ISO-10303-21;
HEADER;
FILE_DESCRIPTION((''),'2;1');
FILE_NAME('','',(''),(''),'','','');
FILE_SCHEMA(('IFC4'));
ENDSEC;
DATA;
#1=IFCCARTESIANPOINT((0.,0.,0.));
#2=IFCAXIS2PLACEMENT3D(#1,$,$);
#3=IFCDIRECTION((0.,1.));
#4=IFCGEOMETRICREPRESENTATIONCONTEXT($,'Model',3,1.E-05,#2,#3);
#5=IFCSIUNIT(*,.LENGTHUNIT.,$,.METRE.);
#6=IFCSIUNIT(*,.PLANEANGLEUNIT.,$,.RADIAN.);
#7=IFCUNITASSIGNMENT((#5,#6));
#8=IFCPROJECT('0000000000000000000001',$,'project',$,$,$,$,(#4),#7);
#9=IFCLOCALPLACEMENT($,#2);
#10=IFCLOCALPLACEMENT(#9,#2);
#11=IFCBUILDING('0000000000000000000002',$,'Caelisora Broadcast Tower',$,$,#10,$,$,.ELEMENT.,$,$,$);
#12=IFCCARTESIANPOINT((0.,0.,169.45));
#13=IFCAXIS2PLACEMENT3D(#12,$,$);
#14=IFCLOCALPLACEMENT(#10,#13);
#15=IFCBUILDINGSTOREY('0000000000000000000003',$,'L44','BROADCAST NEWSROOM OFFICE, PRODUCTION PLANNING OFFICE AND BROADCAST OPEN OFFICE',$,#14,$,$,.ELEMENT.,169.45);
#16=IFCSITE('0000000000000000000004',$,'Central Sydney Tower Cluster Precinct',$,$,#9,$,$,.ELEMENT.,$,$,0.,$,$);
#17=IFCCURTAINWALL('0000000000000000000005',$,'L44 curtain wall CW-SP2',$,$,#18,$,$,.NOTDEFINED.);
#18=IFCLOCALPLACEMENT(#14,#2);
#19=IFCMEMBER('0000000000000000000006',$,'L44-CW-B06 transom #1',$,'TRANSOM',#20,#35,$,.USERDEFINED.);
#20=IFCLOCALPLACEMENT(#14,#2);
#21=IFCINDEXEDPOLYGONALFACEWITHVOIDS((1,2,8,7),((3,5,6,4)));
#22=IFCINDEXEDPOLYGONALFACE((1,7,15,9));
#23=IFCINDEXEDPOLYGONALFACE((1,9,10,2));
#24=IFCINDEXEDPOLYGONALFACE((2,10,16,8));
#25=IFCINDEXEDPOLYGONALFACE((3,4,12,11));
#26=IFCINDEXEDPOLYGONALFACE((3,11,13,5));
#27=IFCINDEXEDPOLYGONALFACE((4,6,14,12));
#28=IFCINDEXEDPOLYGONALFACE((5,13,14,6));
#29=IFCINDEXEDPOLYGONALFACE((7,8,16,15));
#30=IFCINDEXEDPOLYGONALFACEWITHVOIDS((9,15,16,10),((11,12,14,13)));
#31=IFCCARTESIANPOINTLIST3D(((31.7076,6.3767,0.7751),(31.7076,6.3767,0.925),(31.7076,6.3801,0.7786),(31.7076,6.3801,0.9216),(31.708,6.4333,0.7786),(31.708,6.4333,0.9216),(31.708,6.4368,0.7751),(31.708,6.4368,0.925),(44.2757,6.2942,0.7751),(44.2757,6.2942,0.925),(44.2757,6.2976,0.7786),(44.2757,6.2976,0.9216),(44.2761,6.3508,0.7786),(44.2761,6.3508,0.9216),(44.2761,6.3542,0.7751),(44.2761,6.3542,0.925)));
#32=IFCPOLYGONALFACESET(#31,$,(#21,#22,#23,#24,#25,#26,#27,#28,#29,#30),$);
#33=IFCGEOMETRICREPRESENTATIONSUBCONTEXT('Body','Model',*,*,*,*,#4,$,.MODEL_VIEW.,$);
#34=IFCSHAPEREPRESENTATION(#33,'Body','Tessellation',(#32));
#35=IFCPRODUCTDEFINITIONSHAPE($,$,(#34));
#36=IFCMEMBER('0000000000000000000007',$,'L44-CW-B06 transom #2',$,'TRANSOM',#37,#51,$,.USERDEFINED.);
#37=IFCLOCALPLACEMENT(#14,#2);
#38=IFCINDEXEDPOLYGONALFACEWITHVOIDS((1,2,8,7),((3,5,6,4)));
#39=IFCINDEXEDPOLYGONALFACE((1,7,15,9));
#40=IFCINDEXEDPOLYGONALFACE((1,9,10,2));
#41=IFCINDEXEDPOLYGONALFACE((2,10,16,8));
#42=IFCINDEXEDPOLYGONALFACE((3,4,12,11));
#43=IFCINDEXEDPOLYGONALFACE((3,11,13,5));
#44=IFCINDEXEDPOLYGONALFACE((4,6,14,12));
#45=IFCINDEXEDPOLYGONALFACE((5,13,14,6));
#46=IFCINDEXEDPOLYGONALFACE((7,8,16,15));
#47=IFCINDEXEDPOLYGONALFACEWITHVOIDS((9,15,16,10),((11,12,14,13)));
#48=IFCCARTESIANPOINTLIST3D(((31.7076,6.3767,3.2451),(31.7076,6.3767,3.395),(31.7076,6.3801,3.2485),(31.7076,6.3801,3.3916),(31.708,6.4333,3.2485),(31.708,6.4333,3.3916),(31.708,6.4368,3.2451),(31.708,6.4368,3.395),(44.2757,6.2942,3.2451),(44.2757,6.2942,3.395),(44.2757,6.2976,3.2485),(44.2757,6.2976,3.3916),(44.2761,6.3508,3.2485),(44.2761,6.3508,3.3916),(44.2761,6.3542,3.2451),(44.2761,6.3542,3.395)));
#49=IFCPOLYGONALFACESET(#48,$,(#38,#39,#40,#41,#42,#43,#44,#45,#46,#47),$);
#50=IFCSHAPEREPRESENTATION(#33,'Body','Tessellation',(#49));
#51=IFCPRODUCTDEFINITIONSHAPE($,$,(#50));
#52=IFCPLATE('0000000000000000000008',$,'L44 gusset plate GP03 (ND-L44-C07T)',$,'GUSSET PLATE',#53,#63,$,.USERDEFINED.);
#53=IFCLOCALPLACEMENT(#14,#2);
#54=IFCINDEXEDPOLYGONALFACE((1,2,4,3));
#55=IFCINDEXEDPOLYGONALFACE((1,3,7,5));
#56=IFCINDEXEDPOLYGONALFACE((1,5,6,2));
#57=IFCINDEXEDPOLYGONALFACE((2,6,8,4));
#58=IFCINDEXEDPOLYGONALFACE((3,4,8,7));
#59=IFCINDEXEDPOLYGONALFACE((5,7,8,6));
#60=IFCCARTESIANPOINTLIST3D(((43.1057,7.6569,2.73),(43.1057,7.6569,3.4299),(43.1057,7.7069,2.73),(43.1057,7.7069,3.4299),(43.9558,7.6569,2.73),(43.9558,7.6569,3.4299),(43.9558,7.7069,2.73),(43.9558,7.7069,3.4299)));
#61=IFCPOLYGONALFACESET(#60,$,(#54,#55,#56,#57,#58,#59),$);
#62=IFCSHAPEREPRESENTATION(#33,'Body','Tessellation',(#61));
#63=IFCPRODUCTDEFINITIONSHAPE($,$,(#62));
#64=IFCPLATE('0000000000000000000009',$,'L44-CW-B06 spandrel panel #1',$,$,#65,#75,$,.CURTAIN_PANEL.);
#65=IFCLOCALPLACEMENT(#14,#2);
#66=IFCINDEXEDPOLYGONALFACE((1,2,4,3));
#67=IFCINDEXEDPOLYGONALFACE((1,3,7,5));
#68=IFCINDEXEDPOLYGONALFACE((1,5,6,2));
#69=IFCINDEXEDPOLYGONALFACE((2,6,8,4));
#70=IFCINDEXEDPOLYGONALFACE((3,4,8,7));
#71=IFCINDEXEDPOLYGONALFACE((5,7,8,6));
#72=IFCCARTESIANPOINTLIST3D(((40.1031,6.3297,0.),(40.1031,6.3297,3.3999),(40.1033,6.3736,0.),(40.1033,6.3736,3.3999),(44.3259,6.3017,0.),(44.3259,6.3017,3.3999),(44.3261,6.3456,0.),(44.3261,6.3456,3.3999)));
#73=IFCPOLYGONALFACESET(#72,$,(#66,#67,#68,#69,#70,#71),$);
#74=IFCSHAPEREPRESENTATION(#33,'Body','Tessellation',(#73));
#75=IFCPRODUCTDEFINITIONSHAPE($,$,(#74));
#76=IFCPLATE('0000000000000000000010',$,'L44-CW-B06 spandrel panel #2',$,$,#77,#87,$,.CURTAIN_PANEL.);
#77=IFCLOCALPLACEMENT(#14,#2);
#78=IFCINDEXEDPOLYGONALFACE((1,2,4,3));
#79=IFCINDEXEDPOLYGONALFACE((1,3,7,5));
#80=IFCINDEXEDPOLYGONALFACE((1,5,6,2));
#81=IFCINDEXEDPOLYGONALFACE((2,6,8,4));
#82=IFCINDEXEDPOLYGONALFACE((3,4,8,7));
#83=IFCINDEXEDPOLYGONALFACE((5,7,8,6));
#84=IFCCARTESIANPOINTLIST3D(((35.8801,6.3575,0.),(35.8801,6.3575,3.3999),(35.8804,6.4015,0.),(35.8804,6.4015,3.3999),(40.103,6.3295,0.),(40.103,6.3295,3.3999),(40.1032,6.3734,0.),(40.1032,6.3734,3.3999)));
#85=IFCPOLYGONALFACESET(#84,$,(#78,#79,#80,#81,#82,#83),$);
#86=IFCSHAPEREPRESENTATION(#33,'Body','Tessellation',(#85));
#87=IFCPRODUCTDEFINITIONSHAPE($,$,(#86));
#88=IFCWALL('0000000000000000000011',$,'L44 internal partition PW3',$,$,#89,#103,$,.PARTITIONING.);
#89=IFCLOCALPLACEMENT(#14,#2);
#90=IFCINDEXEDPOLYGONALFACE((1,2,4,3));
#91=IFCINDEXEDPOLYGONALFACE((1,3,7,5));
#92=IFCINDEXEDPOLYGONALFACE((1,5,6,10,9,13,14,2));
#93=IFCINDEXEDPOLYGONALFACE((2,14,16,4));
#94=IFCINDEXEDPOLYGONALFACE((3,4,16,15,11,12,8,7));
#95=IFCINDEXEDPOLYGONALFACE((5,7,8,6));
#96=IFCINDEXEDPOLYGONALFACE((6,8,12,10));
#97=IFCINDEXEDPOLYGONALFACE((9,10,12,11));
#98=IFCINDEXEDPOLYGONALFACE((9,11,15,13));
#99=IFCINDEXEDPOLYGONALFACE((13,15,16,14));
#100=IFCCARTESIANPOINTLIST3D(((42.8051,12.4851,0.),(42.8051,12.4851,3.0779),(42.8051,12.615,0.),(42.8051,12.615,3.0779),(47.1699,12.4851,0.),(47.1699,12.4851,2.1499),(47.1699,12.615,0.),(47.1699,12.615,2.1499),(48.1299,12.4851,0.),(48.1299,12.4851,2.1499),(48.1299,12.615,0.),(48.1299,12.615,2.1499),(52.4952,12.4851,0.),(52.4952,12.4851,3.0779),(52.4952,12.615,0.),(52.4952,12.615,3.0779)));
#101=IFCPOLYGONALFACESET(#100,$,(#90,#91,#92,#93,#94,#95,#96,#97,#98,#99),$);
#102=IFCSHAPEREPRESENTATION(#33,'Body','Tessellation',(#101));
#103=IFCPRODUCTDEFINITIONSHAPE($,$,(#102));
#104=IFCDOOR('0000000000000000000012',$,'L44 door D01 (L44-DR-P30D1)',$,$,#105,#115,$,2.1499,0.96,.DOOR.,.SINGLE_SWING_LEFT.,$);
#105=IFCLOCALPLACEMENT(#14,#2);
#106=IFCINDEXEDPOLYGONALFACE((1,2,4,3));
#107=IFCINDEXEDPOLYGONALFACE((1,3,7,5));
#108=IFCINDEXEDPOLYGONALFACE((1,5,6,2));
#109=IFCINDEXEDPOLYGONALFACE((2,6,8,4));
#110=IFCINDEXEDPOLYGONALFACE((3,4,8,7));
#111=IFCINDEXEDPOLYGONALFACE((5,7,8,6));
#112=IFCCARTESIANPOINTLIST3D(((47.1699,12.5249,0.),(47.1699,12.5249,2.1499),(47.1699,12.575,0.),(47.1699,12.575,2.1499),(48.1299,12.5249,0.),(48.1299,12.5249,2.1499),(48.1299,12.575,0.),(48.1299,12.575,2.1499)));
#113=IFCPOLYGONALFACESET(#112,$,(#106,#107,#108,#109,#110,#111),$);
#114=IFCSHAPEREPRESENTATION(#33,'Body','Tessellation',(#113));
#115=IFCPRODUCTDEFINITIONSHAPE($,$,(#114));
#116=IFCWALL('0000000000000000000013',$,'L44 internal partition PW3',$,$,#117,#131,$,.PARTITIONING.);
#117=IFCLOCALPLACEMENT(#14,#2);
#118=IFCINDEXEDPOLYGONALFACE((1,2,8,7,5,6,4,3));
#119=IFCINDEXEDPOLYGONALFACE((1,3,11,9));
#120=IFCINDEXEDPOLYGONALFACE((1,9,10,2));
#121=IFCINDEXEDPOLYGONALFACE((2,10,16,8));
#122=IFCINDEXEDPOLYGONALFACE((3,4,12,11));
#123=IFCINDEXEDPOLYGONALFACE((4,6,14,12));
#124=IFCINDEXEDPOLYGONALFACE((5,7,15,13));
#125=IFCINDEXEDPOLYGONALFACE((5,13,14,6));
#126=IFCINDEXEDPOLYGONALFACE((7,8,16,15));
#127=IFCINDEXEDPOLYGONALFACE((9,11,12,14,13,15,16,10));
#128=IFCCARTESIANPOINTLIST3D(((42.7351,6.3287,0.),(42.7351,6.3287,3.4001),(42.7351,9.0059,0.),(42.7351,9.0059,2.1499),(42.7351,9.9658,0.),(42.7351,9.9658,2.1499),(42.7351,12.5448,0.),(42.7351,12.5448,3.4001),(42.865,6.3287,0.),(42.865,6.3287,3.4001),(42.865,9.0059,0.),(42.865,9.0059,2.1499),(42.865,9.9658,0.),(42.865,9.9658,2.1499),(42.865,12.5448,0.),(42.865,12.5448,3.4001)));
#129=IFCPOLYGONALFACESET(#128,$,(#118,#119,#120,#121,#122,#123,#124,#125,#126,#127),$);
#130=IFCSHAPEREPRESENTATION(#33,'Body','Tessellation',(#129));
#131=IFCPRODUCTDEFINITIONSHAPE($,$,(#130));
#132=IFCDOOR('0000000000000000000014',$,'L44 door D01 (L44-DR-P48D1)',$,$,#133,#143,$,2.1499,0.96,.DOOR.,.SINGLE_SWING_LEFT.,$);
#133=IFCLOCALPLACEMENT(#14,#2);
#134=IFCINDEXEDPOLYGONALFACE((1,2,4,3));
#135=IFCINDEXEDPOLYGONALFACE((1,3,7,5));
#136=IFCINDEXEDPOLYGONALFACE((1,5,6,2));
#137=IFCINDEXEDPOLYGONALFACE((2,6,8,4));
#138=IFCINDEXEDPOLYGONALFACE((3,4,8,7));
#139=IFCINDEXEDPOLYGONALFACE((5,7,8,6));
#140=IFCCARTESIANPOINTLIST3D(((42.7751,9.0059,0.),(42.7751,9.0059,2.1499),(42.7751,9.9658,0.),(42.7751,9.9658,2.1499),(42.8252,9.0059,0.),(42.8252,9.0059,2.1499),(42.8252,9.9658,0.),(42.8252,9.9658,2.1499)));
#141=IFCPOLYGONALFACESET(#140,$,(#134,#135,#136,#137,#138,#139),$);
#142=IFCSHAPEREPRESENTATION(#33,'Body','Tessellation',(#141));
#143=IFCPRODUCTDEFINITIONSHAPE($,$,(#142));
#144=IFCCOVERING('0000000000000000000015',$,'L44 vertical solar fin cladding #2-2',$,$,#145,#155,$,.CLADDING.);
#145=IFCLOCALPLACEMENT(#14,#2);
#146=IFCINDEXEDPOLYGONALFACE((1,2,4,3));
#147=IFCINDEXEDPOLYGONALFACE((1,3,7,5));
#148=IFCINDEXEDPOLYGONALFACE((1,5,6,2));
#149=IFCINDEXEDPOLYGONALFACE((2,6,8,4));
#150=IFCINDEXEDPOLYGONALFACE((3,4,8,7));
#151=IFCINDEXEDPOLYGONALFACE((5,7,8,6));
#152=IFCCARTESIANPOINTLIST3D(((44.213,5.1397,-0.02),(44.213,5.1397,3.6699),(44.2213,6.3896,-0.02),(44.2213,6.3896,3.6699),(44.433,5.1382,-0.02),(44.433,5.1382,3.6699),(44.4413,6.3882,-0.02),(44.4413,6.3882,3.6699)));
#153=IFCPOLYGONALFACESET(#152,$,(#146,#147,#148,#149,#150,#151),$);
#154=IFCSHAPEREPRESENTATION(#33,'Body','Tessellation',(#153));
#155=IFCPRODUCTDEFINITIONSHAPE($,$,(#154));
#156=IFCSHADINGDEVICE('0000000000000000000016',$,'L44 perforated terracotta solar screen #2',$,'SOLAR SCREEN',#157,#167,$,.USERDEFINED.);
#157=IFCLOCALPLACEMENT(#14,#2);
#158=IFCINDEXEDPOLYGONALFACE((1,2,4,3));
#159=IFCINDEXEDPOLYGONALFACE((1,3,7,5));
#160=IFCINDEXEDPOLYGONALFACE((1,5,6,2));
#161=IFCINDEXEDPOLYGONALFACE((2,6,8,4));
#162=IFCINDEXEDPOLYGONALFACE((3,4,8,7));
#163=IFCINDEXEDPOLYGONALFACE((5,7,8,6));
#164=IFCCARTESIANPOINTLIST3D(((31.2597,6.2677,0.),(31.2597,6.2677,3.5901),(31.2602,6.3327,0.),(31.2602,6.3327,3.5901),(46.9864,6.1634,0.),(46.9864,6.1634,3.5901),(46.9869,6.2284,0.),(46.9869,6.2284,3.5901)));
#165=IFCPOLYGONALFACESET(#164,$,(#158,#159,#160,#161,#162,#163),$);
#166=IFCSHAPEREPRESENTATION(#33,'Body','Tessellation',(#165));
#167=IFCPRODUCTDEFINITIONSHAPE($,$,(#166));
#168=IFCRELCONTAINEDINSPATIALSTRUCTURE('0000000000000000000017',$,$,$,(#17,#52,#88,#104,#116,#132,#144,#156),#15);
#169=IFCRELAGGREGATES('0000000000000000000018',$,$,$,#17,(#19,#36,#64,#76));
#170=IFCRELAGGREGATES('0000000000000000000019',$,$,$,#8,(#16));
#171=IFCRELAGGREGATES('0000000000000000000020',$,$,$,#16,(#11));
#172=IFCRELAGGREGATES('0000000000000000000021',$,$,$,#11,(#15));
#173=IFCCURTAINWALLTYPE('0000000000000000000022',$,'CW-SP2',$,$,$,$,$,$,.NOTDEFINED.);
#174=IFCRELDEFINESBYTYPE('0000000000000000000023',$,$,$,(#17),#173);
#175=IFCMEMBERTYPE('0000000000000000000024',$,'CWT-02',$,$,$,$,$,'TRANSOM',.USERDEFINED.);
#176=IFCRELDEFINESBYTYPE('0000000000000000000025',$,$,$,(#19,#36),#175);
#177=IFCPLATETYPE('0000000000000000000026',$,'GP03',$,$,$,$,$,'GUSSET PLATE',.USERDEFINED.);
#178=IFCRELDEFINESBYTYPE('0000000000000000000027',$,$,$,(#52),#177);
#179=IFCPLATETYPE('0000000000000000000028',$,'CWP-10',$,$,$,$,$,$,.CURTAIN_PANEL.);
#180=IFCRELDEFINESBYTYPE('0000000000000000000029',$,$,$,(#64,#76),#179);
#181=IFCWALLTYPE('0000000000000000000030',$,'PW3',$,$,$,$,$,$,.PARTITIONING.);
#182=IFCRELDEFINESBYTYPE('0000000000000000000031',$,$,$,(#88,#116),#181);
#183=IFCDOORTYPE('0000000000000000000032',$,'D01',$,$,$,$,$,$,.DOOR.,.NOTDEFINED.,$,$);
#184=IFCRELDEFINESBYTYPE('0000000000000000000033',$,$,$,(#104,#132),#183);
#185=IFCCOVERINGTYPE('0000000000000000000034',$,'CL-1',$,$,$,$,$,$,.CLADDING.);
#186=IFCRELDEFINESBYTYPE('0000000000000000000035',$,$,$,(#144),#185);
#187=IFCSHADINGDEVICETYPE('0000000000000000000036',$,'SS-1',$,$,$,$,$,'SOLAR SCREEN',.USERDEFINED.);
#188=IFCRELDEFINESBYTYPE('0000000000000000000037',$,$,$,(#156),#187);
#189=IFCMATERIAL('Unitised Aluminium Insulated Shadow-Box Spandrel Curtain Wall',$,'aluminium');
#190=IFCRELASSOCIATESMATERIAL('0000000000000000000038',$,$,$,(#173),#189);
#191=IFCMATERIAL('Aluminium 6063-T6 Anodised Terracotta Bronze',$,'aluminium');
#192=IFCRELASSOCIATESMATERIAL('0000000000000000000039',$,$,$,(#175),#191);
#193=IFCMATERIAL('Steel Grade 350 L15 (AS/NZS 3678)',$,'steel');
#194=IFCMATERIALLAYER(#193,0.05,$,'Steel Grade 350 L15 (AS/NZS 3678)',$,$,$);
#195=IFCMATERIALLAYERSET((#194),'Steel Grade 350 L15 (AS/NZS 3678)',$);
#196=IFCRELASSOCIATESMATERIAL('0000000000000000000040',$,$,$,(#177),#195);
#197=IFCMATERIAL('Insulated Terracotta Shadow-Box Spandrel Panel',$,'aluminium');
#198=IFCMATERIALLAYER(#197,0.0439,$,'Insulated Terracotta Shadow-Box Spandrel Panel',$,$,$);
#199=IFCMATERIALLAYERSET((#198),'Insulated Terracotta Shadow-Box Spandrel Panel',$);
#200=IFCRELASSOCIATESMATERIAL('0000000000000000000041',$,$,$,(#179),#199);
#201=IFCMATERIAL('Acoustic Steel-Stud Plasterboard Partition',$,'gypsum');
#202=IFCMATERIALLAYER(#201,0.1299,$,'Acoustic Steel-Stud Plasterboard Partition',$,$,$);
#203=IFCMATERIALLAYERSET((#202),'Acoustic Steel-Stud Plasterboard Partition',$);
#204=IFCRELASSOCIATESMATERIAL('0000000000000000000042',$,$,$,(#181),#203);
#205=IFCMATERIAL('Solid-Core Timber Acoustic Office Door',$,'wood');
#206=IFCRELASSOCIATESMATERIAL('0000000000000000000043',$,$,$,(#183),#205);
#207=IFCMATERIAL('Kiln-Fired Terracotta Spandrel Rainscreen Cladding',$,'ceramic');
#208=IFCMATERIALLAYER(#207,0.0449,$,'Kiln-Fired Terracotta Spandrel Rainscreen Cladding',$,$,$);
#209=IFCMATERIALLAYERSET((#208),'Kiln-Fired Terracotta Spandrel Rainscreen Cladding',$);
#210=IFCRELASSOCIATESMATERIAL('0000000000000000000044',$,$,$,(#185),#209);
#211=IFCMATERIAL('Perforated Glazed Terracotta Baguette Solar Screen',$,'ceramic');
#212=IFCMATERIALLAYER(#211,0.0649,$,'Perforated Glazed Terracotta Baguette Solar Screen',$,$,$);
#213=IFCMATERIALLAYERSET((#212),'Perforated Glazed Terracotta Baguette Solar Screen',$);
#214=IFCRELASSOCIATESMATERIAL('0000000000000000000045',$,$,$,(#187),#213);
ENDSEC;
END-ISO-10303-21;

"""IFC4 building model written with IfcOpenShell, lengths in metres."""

from ifc_helpers import new_model, si_unit, direction, frame, frame_2d, origin, origin_2d, place, context, subcontext, project, spatial, rectangle, hollow_rectangle, extrude, source, transform, mapped, material, layer, layer_set, material_profile, profile_set, type_object, type_shapes, element, fill, aggregate, save


model = new_model("IFC4")

# Units and contexts
model_context = context("Model", 3, precision=1e-05, world=origin(), true_north=direction((0.0, 1.0)))
body_context = subcontext(model_context, "Body", "Model", "MODEL_VIEW")
ifc_project = project(units=[si_unit("LENGTHUNIT", "METRE"), si_unit("PLANEANGLEUNIT", "RADIAN")], contexts=[model_context])

# Site, building, storey
site_placement = place(None, origin())
site = spatial("IfcSite", under=ifc_project, at=site_placement, Name="Central Sydney Tower Cluster Precinct", CompositionType="ELEMENT", RefElevation=0.0)
building_placement = place(site_placement, origin())
building = spatial("IfcBuilding", under=site, at=building_placement, Name="Caelisora Broadcast Tower", CompositionType="ELEMENT")
storey_placement = place(building_placement, frame((0.0, 0.0, 169.45)))
storey = spatial("IfcBuildingStorey", under=building, at=storey_placement, Name="L44", Description="BROADCAST NEWSROOM OFFICE, PRODUCTION PLANNING OFFICE AND BROADCAST OPEN OFFICE", CompositionType="ELEMENT", Elevation=169.45)

# Shared definitions
ifc_material_1 = material(Name="Steel Grade 350 L15 (AS/NZS 3678)", Category="steel")

# Shared definitions
ifc_material_2 = material(Name="Aluminium 6063-T6 Anodised Terracotta Bronze", Category="aluminium")

# Curtain wall, members
ifc_material_3 = material(Name="Unitised Aluminium Insulated Shadow-Box Spandrel Curtain Wall", Category="aluminium")
curtain_wall_type_1 = type_object("IfcCurtainWallType", Name="CW-SP2", PredefinedType="NOTDEFINED", material=ifc_material_3)
curtain_wall_1_placement = place(storey_placement, origin())
curtain_wall_1 = element("IfcCurtainWall", 1, at=curtain_wall_1_placement, inside=storey, type_object=curtain_wall_type_1, Name="L44 curtain wall CW-SP2", PredefinedType="NOTDEFINED")
ifc_material_profile_1 = material_profile(ifc_material_2, hollow_rectangle(XDim=0.0601, YDim=0.1499, WallThickness=0.0034, at=origin_2d()), Name="Aluminium 6063-T6 Anodised Terracotta Bronze")
ifc_profile_set_1 = profile_set([ifc_material_profile_1], Name="Aluminium 6063-T6 Anodised Terracotta Bronze")
member_type_1 = type_object("IfcMemberType", Name="CWT-02", ElementType="TRANSOM", PredefinedType="USERDEFINED", material=ifc_profile_set_1)
shared_shape_1 = source(origin(), body_context, "Body", "SweptSolid", [
    extrude(hollow_rectangle(XDim=0.0601, YDim=0.1499, WallThickness=0.0034, at=origin_2d()), origin(), (0.0, 0.0, 1.0), 12.5684),
])
type_shapes(member_type_1, [shared_shape_1])
member_1_placement = place(storey_placement, frame((44.2759, 6.3242, 0.8501), z_axis=(-0.999978, 0.006566, 0.0), x_axis=(-0.006566, -0.999978, 0.0)))
member_1 = element("IfcMember", 2, at=member_1_placement, type_object=member_type_1, Name="L44-CW-B06 transom #1", ObjectType="TRANSOM", PredefinedType="USERDEFINED", context=body_context, shape_type="MappedRepresentation", body=[
    mapped(shared_shape_1, transform((0.0, 0.0, 0.0), scale=1.0)),
])
member_2_placement = place(storey_placement, frame((44.2759, 6.3242, 3.3201), z_axis=(-0.999978, 0.006566, 0.0), x_axis=(-0.006566, -0.999978, 0.0)))
member_2 = element("IfcMember", 3, at=member_2_placement, type_object=member_type_1, Name="L44-CW-B06 transom #2", ObjectType="TRANSOM", PredefinedType="USERDEFINED", context=body_context, shape_type="MappedRepresentation", body=[
    mapped(shared_shape_1, transform((0.0, 0.0, 0.0), scale=1.0)),
])

# Plates
ifc_layer_1 = layer(ifc_material_1, 0.05, Name="Steel Grade 350 L15 (AS/NZS 3678)")
ifc_layer_set_1 = layer_set([ifc_layer_1], Name="Steel Grade 350 L15 (AS/NZS 3678)")
plate_type_1 = type_object("IfcPlateType", Name="GP03", ElementType="GUSSET PLATE", PredefinedType="USERDEFINED", material=ifc_layer_set_1)
shared_shape_2 = source(origin(), body_context, "Body", "SweptSolid", [
    extrude(rectangle(XDim=0.8501, YDim=0.05, at=origin_2d()), origin(), (0.0, 0.0, 1.0), 0.7),
])
type_shapes(plate_type_1, [shared_shape_2])
plate_1_placement = place(storey_placement, frame((43.5308, 7.6819, 2.73), z_axis=(0.0, 0.0, 1.0), x_axis=(1.0, 0.0, 0.0)))
element("IfcPlate", 4, at=plate_1_placement, inside=storey, type_object=plate_type_1, Name="L44 gusset plate GP03 (ND-L44-C07T)", ObjectType="GUSSET PLATE", PredefinedType="USERDEFINED", context=body_context, shape_type="MappedRepresentation", body=[
    mapped(shared_shape_2, transform((0.0, 0.0, 0.0), scale=1.0)),
])
ifc_material_4 = material(Name="Insulated Terracotta Shadow-Box Spandrel Panel", Category="aluminium")
ifc_layer_2 = layer(ifc_material_4, 0.0439, Name="Insulated Terracotta Shadow-Box Spandrel Panel")
ifc_layer_set_2 = layer_set([ifc_layer_2], Name="Insulated Terracotta Shadow-Box Spandrel Panel")
plate_type_2 = type_object("IfcPlateType", Name="CWP-10", PredefinedType="CURTAIN_PANEL", material=ifc_layer_set_2)
shared_shape_3 = source(origin(), body_context, "Body", "SweptSolid", [
    extrude(rectangle(XDim=4.2229, YDim=0.0439, at=origin_2d()), origin(), (0.0, 0.0, 1.0), 3.3999),
])
type_shapes(plate_type_2, [shared_shape_3])
plate_2_placement = place(storey_placement, frame((42.2146, 6.3376, 0.0), z_axis=(0.0, 0.0, 1.0), x_axis=(-0.999978, 0.006632, 0.0)))
plate_2 = element("IfcPlate", 5, at=plate_2_placement, type_object=plate_type_2, Name="L44-CW-B06 spandrel panel #1", PredefinedType="CURTAIN_PANEL", context=body_context, shape_type="MappedRepresentation", body=[
    mapped(shared_shape_3, transform((0.0, 0.0, 0.0), scale=1.0)),
])
plate_3_placement = place(storey_placement, frame((37.9917, 6.3655, 0.0), z_axis=(0.0, 0.0, 1.0), x_axis=(-0.999978, 0.006632, 0.0)))
plate_3 = element("IfcPlate", 6, at=plate_3_placement, type_object=plate_type_2, Name="L44-CW-B06 spandrel panel #2", PredefinedType="CURTAIN_PANEL", context=body_context, shape_type="MappedRepresentation", body=[
    mapped(shared_shape_3, transform((0.0, 0.0, 0.0), scale=1.0)),
])
aggregate(curtain_wall_1, [member_1, member_2, plate_2, plate_3])

# Walls, openings, doors
ifc_material_5 = material(Name="Acoustic Steel-Stud Plasterboard Partition", Category="gypsum")
ifc_layer_3 = layer(ifc_material_5, 0.1299, Name="Acoustic Steel-Stud Plasterboard Partition")
ifc_layer_set_3 = layer_set([ifc_layer_3], Name="Acoustic Steel-Stud Plasterboard Partition")
wall_type = type_object("IfcWallType", Name="PW3", PredefinedType="PARTITIONING", material=ifc_layer_set_3)
wall_1_placement = place(storey_placement, frame((42.8049, 12.55, 0.0), z_axis=(0.0, 0.0, 1.0), x_axis=(1.0, 0.0, 0.0)))
wall_1 = element("IfcWall", 7, at=wall_1_placement, inside=storey, type_object=wall_type, Name="L44 internal partition PW3", PredefinedType="PARTITIONING", context=body_context, shape_type="SweptSolid", body=[
    extrude(rectangle(XDim=9.6902, YDim=0.1299, at=frame_2d((4.8452, 0.0))), origin(), (0.0, 0.0, 1.0), 3.0779),
])
opening_1_placement = place(wall_1_placement, frame((4.365, 0.0, 0.0)))
opening_1 = element("IfcOpeningElement", 8, at=opening_1_placement, cuts=wall_1, PredefinedType="OPENING", context=body_context, shape_type="SweptSolid", body=[
    extrude(rectangle(XDim=0.96, YDim=2.1499, at=frame_2d((0.48, 1.075))), frame((0.0, 0.0769, 0.0), z_axis=(0.0, -1.0, 0.0), x_axis=(1.0, 0.0, 0.0)), (0.0, 0.0, 1.0), 0.1538),
])
ifc_material_6 = material(Name="Solid-Core Timber Acoustic Office Door", Category="wood")
door_type = type_object("IfcDoorType", Name="D01", OperationType="NOTDEFINED", PredefinedType="DOOR", material=ifc_material_6)
door_1_placement = place(opening_1_placement, origin())
door_1 = element("IfcDoor", 9, at=door_1_placement, inside=storey, type_object=door_type, Name="L44 door D01 (L44-DR-P30D1)", OperationType="SINGLE_SWING_LEFT", OverallHeight=2.1499, OverallWidth=0.96, PredefinedType="DOOR", context=body_context, shape_type="SweptSolid", body=[
    extrude(rectangle(XDim=0.96, YDim=2.1499, at=frame_2d((0.48, 1.075))), frame((0.0, 0.0249, 0.0), z_axis=(0.0, -1.0, 0.0), x_axis=(1.0, 0.0, 0.0)), (0.0, 0.0, 1.0), 0.05),
])
fill(opening_1, door_1)
wall_2_placement = place(storey_placement, frame((42.8, 6.3289, 0.0), z_axis=(0.0, 0.0, 1.0), x_axis=(0.0, 1.0, 0.0)))
wall_2 = element("IfcWall", 10, at=wall_2_placement, inside=storey, type_object=wall_type, Name="L44 internal partition PW3", PredefinedType="PARTITIONING", context=body_context, shape_type="SweptSolid", body=[
    extrude(rectangle(XDim=6.2161, YDim=0.1299, at=frame_2d((3.1079, 0.0))), origin(), (0.0, 0.0, 1.0), 3.4001),
])
opening_2_placement = place(wall_2_placement, frame((2.677, 0.0, 0.0)))
opening_2 = element("IfcOpeningElement", 11, at=opening_2_placement, cuts=wall_2, PredefinedType="OPENING", context=body_context, shape_type="SweptSolid", body=[
    extrude(rectangle(XDim=0.96, YDim=2.1499, at=frame_2d((0.48, 1.075))), frame((0.0, 0.0769, 0.0), z_axis=(0.0, -1.0, 0.0), x_axis=(1.0, 0.0, 0.0)), (0.0, 0.0, 1.0), 0.1538),
])
door_2_placement = place(opening_2_placement, origin())
door_2 = element("IfcDoor", 12, at=door_2_placement, inside=storey, type_object=door_type, Name="L44 door D01 (L44-DR-P48D1)", OperationType="SINGLE_SWING_LEFT", OverallHeight=2.1499, OverallWidth=0.96, PredefinedType="DOOR", context=body_context, shape_type="SweptSolid", body=[
    extrude(rectangle(XDim=0.96, YDim=2.1499, at=frame_2d((0.48, 1.075))), frame((0.0, 0.0249, 0.0), z_axis=(0.0, -1.0, 0.0), x_axis=(1.0, 0.0, 0.0)), (0.0, 0.0, 1.0), 0.05),
])
fill(opening_2, door_2)

# Covering
ifc_material_7 = material(Name="Kiln-Fired Terracotta Spandrel Rainscreen Cladding", Category="ceramic")
ifc_layer_4 = layer(ifc_material_7, 0.0449, Name="Kiln-Fired Terracotta Spandrel Rainscreen Cladding")
ifc_layer_set_4 = layer_set([ifc_layer_4], Name="Kiln-Fired Terracotta Spandrel Rainscreen Cladding")
covering_type = type_object("IfcCoveringType", Name="CL-1", PredefinedType="CLADDING", material=ifc_layer_set_4)
shared_shape_4 = source(origin(), body_context, "Body", "SweptSolid", [
    extrude(rectangle(XDim=0.22, YDim=1.25, at=origin_2d()), origin(), (0.0, 0.0, 1.0), 3.6899),
])
covering_1_placement = place(storey_placement, frame((44.3271, 5.7639, -0.02), z_axis=(0.0, 0.0, 1.0), x_axis=(-0.999978, 0.006632, 0.0)))
element("IfcCovering", 13, at=covering_1_placement, inside=storey, type_object=covering_type, Name="L44 vertical solar fin cladding #2-2", PredefinedType="CLADDING", context=body_context, shape_type="MappedRepresentation", body=[
    mapped(shared_shape_4, transform((0.0, 0.0, 0.0), scale=1.0)),
])

# Shading device
ifc_material_8 = material(Name="Perforated Glazed Terracotta Baguette Solar Screen", Category="ceramic")
ifc_layer_5 = layer(ifc_material_8, 0.0649, Name="Perforated Glazed Terracotta Baguette Solar Screen")
ifc_layer_set_5 = layer_set([ifc_layer_5], Name="Perforated Glazed Terracotta Baguette Solar Screen")
shading_device_type = type_object("IfcShadingDeviceType", Name="SS-1", ElementType="SOLAR SCREEN", PredefinedType="USERDEFINED", material=ifc_layer_set_5)
shared_shape_5 = source(origin(), body_context, "Body", "SweptSolid", [
    extrude(rectangle(XDim=15.7271, YDim=0.0649, at=origin_2d()), origin(), (0.0, 0.0, 1.0), 3.5901),
])
type_shapes(shading_device_type, [shared_shape_5])
shading_device_placement = place(storey_placement, frame((39.1233, 6.248, 0.0), z_axis=(0.0, 0.0, 1.0), x_axis=(0.999978, -0.006632, 0.0)))
element("IfcShadingDevice", 14, at=shading_device_placement, inside=storey, type_object=shading_device_type, Name="L44 perforated terracotta solar screen #2", ObjectType="SOLAR SCREEN", PredefinedType="USERDEFINED", context=body_context, shape_type="MappedRepresentation", body=[
    mapped(shared_shape_5, transform((0.0, 0.0, 0.0), scale=1.0)),
])

save(model, "model.ifc")
